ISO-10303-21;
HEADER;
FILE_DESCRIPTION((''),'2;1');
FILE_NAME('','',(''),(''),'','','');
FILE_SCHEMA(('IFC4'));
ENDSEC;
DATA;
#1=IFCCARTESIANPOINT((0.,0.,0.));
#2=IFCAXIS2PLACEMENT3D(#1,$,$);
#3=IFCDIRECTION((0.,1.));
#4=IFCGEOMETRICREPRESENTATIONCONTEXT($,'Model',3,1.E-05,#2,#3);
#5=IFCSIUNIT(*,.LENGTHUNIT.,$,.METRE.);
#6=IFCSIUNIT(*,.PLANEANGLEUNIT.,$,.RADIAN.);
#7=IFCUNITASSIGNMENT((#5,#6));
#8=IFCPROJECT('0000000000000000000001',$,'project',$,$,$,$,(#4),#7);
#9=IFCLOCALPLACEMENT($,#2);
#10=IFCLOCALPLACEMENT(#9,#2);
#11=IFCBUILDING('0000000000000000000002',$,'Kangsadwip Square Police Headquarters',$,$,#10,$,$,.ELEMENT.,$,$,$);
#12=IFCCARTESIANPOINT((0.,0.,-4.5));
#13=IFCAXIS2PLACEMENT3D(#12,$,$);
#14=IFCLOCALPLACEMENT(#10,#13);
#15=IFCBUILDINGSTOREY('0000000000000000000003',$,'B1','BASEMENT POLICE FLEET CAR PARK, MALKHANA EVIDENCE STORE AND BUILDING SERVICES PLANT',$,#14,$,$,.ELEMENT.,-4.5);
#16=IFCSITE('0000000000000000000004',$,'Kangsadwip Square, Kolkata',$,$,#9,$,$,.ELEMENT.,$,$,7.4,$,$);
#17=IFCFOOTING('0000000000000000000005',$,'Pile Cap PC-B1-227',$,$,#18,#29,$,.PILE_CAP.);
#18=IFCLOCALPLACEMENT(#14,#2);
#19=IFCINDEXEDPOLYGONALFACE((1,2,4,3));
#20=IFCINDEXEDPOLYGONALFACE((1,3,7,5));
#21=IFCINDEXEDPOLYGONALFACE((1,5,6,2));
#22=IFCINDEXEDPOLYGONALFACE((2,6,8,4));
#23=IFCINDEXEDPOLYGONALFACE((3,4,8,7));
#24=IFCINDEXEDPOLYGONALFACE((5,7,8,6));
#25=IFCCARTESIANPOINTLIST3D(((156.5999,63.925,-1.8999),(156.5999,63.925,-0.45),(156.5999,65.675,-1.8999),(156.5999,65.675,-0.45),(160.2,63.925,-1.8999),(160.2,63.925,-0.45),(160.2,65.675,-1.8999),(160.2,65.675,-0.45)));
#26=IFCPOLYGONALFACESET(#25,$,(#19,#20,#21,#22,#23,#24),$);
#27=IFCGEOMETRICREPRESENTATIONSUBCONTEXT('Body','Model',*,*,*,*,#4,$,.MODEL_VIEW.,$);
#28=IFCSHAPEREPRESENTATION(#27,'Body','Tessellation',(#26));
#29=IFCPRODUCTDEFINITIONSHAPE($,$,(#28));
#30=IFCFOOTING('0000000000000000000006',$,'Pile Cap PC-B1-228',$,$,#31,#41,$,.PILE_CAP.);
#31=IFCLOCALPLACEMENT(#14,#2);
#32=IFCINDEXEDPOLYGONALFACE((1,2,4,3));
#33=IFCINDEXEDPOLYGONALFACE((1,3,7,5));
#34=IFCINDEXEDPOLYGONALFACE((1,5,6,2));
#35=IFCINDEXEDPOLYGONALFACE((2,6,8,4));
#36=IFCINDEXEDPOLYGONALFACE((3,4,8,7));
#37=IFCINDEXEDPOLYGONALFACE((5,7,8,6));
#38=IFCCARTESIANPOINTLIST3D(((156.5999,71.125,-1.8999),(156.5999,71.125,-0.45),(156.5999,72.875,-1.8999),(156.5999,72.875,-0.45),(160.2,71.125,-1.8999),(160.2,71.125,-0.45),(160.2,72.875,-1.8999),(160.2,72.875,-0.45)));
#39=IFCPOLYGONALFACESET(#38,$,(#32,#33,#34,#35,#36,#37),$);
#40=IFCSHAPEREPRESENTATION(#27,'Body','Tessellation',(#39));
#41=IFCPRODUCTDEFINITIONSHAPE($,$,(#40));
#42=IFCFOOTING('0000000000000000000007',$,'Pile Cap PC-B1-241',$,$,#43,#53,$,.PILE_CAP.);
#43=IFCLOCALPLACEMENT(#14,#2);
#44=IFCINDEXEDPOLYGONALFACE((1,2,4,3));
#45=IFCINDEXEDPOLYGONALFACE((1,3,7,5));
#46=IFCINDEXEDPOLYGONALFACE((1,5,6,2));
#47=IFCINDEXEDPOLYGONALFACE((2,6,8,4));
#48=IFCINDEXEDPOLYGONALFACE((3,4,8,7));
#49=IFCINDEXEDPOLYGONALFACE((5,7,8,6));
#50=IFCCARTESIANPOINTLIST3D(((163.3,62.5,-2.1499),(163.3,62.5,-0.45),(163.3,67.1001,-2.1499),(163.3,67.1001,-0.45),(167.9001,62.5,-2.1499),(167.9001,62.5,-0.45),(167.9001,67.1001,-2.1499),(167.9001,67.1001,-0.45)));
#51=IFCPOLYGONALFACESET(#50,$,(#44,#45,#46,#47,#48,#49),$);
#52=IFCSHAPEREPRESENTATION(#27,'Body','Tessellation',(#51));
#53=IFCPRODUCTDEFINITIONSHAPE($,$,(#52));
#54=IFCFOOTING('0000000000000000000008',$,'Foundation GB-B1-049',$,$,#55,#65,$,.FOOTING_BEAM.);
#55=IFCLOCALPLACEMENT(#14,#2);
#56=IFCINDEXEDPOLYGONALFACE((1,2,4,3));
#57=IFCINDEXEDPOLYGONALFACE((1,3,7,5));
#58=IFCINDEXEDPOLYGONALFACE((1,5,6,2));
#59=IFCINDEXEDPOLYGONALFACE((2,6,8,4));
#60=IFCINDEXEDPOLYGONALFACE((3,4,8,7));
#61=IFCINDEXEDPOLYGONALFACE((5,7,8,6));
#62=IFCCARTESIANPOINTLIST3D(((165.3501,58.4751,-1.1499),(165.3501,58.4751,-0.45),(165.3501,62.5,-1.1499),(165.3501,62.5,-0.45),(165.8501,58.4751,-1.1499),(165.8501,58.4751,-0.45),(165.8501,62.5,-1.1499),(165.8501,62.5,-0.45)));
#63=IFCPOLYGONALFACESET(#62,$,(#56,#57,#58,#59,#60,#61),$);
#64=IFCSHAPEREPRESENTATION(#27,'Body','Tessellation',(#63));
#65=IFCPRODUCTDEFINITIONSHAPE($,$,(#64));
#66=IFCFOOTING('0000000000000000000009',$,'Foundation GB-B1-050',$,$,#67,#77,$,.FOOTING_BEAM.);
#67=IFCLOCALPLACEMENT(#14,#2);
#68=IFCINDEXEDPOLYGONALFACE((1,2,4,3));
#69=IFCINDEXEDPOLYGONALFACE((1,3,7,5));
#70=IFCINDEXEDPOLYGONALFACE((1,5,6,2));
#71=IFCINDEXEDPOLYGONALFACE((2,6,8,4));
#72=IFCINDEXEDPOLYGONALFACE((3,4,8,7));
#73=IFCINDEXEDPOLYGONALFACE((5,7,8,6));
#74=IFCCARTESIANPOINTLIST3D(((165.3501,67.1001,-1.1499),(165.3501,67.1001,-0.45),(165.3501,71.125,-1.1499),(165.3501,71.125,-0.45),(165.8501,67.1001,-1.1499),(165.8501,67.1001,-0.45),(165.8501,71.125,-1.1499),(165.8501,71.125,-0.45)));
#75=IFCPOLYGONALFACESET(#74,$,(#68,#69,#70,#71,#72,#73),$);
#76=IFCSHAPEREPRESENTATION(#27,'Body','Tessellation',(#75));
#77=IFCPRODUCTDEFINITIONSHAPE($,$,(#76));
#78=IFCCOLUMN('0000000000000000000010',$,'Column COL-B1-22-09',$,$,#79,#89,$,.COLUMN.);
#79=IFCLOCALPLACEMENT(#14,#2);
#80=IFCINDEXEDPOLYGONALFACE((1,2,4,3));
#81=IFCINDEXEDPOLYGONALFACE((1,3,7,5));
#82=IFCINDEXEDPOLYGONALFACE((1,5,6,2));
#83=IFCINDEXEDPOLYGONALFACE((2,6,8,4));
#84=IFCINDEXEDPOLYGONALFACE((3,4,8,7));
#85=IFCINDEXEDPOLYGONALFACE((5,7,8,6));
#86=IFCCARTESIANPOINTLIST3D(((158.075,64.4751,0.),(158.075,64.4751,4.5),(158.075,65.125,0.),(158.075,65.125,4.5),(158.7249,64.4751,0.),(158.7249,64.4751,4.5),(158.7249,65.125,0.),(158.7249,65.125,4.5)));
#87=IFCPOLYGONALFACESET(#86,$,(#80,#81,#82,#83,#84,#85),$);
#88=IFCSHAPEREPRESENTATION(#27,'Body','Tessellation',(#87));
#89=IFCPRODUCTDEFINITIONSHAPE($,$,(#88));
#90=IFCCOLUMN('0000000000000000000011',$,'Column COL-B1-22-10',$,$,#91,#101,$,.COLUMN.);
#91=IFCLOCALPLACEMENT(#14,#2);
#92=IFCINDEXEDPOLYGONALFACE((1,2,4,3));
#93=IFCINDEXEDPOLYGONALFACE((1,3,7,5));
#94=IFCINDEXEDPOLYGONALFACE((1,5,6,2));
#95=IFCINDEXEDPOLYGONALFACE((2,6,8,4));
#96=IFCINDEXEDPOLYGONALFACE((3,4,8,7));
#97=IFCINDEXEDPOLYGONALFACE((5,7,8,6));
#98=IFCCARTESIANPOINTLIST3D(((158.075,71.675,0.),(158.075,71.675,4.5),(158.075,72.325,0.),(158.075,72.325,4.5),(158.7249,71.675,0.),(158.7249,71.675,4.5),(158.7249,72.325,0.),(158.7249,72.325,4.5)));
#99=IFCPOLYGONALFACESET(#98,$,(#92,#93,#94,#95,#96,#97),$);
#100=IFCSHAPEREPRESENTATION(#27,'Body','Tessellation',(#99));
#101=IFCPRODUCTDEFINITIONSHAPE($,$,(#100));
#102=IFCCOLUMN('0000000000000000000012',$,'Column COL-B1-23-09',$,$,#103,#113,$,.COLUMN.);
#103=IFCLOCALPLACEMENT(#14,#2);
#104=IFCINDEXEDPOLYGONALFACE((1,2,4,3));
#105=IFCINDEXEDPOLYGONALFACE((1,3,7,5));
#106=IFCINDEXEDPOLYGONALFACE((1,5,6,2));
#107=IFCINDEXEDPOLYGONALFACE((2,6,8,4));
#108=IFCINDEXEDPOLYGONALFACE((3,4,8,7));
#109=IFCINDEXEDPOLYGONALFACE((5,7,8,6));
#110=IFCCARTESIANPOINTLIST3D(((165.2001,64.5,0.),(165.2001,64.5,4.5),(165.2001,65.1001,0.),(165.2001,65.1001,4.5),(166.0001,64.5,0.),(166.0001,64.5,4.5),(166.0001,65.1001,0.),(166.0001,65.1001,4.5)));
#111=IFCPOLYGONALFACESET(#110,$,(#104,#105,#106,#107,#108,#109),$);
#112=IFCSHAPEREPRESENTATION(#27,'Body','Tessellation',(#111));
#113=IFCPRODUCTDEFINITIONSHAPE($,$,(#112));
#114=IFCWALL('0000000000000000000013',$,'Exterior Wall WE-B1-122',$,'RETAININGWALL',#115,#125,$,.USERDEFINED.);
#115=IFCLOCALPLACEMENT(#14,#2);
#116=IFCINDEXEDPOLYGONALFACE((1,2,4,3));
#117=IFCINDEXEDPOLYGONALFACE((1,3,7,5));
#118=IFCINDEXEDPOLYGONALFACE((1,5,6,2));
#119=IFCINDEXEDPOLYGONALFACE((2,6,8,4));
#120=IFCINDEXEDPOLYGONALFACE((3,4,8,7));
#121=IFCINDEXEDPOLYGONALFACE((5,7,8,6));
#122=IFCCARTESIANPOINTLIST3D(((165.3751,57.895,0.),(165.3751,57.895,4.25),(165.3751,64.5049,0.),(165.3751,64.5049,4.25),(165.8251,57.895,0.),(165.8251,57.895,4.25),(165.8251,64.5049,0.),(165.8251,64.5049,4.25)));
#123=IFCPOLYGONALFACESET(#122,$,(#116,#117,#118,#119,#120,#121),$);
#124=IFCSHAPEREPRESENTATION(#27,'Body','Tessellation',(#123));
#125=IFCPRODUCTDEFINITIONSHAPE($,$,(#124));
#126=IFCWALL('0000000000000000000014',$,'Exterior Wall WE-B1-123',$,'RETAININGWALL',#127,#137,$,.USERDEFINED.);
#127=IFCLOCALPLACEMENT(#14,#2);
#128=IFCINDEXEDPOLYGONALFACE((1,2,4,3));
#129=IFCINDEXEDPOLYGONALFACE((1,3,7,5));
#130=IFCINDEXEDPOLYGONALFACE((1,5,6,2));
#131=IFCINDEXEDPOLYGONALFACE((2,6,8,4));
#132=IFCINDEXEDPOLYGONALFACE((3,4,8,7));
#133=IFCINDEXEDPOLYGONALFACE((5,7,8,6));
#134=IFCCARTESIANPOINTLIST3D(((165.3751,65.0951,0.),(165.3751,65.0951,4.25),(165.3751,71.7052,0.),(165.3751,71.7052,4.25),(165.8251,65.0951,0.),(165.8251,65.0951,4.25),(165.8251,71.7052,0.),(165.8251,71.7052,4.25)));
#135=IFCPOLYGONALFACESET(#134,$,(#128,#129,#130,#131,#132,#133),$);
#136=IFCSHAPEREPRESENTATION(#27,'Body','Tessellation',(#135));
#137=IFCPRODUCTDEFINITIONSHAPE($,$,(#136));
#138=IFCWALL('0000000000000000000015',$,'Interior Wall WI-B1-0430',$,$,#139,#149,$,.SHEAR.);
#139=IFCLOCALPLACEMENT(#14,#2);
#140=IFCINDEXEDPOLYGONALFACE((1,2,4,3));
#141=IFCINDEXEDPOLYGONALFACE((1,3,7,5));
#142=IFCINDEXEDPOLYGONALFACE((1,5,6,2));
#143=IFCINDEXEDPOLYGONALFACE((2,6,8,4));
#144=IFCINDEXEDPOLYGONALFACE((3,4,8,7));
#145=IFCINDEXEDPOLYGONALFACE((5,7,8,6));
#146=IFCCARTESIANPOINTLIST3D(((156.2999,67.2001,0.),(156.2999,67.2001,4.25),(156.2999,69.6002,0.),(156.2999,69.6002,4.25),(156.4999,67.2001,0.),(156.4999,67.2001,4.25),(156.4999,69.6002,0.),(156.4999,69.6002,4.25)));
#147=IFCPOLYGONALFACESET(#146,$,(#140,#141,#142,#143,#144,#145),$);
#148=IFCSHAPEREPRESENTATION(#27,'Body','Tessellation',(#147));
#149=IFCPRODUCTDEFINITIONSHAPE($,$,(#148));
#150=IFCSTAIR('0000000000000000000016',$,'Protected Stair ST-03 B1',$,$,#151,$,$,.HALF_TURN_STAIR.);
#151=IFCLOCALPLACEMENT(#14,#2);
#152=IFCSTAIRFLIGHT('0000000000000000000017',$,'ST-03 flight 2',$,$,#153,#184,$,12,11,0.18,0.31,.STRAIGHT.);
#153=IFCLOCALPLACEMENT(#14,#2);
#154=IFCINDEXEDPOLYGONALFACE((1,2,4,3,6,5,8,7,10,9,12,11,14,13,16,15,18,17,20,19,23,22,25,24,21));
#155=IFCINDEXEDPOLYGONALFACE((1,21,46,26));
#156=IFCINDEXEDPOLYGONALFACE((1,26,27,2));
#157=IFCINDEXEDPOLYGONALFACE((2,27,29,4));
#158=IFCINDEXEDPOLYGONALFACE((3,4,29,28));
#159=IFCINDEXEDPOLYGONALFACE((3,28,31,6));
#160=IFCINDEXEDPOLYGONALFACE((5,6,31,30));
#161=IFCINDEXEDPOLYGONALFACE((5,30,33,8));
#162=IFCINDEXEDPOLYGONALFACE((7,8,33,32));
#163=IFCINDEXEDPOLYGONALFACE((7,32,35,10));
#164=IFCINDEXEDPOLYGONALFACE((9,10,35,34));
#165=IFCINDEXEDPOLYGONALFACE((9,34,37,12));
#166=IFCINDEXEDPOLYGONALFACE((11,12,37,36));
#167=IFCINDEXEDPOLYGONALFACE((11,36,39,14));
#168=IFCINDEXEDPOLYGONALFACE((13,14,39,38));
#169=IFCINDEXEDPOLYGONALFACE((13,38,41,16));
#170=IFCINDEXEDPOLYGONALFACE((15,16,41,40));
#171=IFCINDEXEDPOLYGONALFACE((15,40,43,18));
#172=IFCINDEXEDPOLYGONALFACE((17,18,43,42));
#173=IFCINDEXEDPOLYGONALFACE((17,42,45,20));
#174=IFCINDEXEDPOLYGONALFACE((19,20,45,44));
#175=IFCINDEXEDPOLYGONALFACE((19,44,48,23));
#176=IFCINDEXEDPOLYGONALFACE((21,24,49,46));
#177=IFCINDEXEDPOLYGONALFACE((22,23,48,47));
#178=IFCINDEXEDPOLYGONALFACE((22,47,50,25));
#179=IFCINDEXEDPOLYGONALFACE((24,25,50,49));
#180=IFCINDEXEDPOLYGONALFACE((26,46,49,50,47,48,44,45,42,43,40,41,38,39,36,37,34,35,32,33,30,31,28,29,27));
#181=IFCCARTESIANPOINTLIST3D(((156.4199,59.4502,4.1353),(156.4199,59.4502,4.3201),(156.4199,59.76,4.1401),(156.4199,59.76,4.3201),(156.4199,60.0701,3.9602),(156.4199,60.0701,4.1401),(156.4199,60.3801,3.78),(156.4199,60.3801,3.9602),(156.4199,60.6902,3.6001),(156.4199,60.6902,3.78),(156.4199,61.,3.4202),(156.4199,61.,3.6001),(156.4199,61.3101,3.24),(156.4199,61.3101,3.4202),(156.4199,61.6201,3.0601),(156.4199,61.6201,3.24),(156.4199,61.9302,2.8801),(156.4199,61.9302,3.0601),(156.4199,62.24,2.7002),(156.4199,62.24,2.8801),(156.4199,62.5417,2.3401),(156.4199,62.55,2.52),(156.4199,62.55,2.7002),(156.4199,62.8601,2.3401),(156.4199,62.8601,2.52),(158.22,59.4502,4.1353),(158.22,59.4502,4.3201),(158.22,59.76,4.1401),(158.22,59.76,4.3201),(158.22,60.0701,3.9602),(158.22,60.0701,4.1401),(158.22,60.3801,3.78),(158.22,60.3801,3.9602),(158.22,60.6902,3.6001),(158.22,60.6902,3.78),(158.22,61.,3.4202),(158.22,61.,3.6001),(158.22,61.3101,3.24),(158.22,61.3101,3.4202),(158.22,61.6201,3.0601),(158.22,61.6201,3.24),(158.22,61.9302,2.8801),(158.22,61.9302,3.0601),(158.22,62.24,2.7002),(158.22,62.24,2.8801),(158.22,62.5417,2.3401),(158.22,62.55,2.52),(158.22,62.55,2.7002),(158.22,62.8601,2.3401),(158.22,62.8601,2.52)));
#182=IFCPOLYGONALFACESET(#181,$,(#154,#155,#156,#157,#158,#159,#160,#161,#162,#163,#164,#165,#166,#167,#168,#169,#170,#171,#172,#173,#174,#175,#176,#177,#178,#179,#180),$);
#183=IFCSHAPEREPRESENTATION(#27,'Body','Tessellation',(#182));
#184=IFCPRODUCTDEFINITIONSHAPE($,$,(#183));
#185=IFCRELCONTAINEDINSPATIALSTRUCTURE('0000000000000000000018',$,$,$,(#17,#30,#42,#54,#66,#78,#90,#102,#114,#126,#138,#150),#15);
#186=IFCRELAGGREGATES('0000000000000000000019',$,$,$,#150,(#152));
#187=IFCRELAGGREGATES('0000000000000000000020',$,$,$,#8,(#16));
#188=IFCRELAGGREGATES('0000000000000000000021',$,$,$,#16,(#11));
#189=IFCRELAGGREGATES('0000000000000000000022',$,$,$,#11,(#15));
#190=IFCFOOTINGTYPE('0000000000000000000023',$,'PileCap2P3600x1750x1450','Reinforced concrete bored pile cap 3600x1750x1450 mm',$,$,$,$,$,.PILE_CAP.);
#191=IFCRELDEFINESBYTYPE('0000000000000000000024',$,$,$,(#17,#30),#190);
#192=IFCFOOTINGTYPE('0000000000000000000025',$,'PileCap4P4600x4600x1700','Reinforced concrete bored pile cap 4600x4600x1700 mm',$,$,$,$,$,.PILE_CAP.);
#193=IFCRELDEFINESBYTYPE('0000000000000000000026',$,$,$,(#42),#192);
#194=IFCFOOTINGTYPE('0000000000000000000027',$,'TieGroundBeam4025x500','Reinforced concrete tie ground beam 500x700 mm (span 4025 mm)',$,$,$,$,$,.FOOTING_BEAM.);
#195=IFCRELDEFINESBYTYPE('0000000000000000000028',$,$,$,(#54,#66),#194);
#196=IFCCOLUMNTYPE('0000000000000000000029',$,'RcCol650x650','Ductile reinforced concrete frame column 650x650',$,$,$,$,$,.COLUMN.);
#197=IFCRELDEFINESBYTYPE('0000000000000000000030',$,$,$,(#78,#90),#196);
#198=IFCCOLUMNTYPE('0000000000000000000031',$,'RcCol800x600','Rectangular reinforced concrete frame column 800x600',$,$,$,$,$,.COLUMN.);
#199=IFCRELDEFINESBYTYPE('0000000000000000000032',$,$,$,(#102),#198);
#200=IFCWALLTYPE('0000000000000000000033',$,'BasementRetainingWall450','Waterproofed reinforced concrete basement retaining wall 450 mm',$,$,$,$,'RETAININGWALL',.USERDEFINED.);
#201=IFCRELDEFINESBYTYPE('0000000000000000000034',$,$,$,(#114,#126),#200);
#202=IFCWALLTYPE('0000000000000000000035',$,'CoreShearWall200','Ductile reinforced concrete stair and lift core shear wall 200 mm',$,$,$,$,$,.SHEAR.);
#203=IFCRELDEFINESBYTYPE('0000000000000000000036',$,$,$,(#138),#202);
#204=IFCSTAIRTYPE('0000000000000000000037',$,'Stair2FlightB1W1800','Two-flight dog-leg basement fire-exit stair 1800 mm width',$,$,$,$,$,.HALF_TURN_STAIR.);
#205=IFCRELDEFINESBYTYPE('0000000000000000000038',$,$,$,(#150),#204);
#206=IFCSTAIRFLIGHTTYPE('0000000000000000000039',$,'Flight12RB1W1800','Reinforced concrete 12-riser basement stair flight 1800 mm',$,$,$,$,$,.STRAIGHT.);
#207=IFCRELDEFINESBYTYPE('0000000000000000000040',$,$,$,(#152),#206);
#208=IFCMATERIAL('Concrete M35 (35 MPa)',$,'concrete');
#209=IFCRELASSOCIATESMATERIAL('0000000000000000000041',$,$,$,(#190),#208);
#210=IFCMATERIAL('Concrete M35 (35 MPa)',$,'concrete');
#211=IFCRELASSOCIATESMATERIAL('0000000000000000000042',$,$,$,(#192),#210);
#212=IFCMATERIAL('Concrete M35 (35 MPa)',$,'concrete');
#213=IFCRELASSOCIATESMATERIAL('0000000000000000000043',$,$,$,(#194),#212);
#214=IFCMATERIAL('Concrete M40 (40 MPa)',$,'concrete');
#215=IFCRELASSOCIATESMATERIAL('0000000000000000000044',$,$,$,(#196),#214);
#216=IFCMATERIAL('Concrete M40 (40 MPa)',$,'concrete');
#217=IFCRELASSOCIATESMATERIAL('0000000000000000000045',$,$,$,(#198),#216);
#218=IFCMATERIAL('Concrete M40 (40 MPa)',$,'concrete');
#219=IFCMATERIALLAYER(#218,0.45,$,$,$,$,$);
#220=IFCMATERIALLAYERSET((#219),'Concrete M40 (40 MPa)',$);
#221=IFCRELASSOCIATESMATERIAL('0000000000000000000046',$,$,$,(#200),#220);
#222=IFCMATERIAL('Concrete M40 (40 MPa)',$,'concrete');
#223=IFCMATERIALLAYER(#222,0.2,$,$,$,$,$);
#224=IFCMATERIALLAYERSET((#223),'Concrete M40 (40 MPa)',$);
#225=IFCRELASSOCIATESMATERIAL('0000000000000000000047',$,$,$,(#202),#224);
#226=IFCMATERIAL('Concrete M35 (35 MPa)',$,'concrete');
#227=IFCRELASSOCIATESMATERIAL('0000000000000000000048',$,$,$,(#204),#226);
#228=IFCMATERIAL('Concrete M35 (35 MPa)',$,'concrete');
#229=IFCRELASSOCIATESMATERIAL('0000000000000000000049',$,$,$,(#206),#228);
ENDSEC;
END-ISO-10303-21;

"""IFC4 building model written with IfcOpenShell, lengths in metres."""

from ifc_helpers import new_model, si_unit, direction, frame, frame_2d, origin, origin_2d, place, context, subcontext, project, spatial, polyline, rectangle, outline, extrude, material, layer, layer_set, material_profile, profile_set, type_object, element, aggregate, save


model = new_model("IFC4")

# Units and contexts
model_context = context("Model", 3, precision=1e-05, world=origin(), true_north=direction((0.0, 1.0)))
body_context = subcontext(model_context, "Body", "Model", "MODEL_VIEW")
ifc_project = project(units=[si_unit("LENGTHUNIT", "METRE"), si_unit("PLANEANGLEUNIT", "RADIAN")], contexts=[model_context])

# Site, building, storey
site_placement = place(None, origin())
site = spatial("IfcSite", under=ifc_project, at=site_placement, Name="Kangsadwip Square, Kolkata", CompositionType="ELEMENT", RefElevation=7.4)
building_placement = place(site_placement, origin())
building = spatial("IfcBuilding", under=site, at=building_placement, Name="Kangsadwip Square Police Headquarters", CompositionType="ELEMENT")
storey_placement = place(building_placement, frame((0.0, 0.0, -4.5)))
storey = spatial("IfcBuildingStorey", under=building, at=storey_placement, Name="B1", Description="BASEMENT POLICE FLEET CAR PARK, MALKHANA EVIDENCE STORE AND BUILDING SERVICES PLANT", CompositionType="ELEMENT", Elevation=-4.5)

# Footings
ifc_material_1 = material(Name="Concrete M35 (35 MPa)", Category="concrete")
footing_type_1 = type_object("IfcFootingType", Name="PileCap2P3600x1750x1450", Description="Reinforced concrete bored pile cap 3600x1750x1450 mm", PredefinedType="PILE_CAP", material=ifc_material_1)
for number, where, z_axis, x_axis, name in (
    (1, (158.3999, 64.8, -1.8999), (0.0, 0.0, 1.0), (1.0, 0.0, 0.0), "Pile Cap PC-B1-227"),
    (2, (158.3999, 72.0, -1.8999), (0.0, 0.0, 1.0), (1.0, 0.0, 0.0), "Pile Cap PC-B1-228"),
):
    element("IfcFooting", number, at=place(storey_placement, frame(where, z_axis=z_axis, x_axis=x_axis)), inside=storey, type_object=footing_type_1, Name=name, PredefinedType="PILE_CAP", context=body_context, shape_type="SweptSolid", body=[
        extrude(rectangle(XDim=3.6001, YDim=1.75, at=origin_2d()), origin(), (0.0, 0.0, 1.0), 1.45),
    ])
ifc_material_2 = material(Name="Concrete M35 (35 MPa)", Category="concrete")
footing_type_2 = type_object("IfcFootingType", Name="PileCap4P4600x4600x1700", Description="Reinforced concrete bored pile cap 4600x4600x1700 mm", PredefinedType="PILE_CAP", material=ifc_material_2)
footing_placement = place(storey_placement, frame((165.6001, 64.8, -2.1499), z_axis=(0.0, 0.0, 1.0), x_axis=(1.0, 0.0, 0.0)))
element("IfcFooting", 3, at=footing_placement, inside=storey, type_object=footing_type_2, Name="Pile Cap PC-B1-241", PredefinedType="PILE_CAP", context=body_context, shape_type="SweptSolid", body=[
    extrude(rectangle(XDim=4.6001, YDim=4.6001, at=origin_2d()), origin(), (0.0, 0.0, 1.0), 1.7),
])
ifc_material_3 = material(Name="Concrete M35 (35 MPa)", Category="concrete")
footing_type_3 = type_object("IfcFootingType", Name="TieGroundBeam4025x500", Description="Reinforced concrete tie ground beam 500x700 mm (span 4025 mm)", PredefinedType="FOOTING_BEAM", material=ifc_material_3)
for number, where, z_axis, x_axis, name in (
    (4, (165.6001, 60.4875, -1.1499), (0.0, 0.0, 1.0), (0.0, 1.0, 0.0), "Foundation GB-B1-049"),
    (5, (165.6001, 69.1125, -1.1499), (0.0, 0.0, 1.0), (0.0, 1.0, 0.0), "Foundation GB-B1-050"),
):
    element("IfcFooting", number, at=place(storey_placement, frame(where, z_axis=z_axis, x_axis=x_axis)), inside=storey, type_object=footing_type_3, Name=name, PredefinedType="FOOTING_BEAM", context=body_context, shape_type="SweptSolid", body=[
        extrude(rectangle(XDim=4.0249, YDim=0.5, at=origin_2d()), origin(), (0.0, 0.0, 1.0), 0.7),
    ])

# Columns
ifc_material_4 = material(Name="Concrete M40 (40 MPa)", Category="concrete")
ifc_material_profile_1 = material_profile(ifc_material_4, rectangle(XDim=0.6499, YDim=0.6499, at=origin_2d()), Name="RC COL 650X650")
ifc_profile_set_1 = profile_set([ifc_material_profile_1], Name="Concrete M40 (40 MPa)")
column_type_1 = type_object("IfcColumnType", Name="RcCol650x650", Description="Ductile reinforced concrete frame column 650x650", PredefinedType="COLUMN", material=ifc_profile_set_1)
for number, where, z_axis, x_axis, name in (
    (6, (158.3999, 64.8, 0.0), (0.0, 0.0, 1.0), (1.0, 0.0, 0.0), "Column COL-B1-22-09"),
    (7, (158.3999, 72.0, 0.0), (0.0, 0.0, 1.0), (1.0, 0.0, 0.0), "Column COL-B1-22-10"),
):
    element("IfcColumn", number, at=place(storey_placement, frame(where, z_axis=z_axis, x_axis=x_axis)), inside=storey, type_object=column_type_1, Name=name, PredefinedType="COLUMN", context=body_context, shape_type="SweptSolid", body=[
        extrude(rectangle(XDim=0.6499, YDim=0.6499, at=origin_2d()), origin(), (0.0, 0.0, 1.0), 4.5),
    ])
ifc_material_5 = material(Name="Concrete M40 (40 MPa)", Category="concrete")
ifc_material_profile_2 = material_profile(ifc_material_5, rectangle(XDim=0.6001, YDim=0.8, at=origin_2d()), Name="RC COL 800X600")
ifc_profile_set_2 = profile_set([ifc_material_profile_2], Name="Concrete M40 (40 MPa)")
column_type_2 = type_object("IfcColumnType", Name="RcCol800x600", Description="Rectangular reinforced concrete frame column 800x600", PredefinedType="COLUMN", material=ifc_profile_set_2)
column_placement = place(storey_placement, frame((165.6001, 64.8, 0.0), z_axis=(0.0, 0.0, 1.0), x_axis=(0.0, 1.0, 0.0)))
element("IfcColumn", 8, at=column_placement, inside=storey, type_object=column_type_2, Name="Column COL-B1-23-09", PredefinedType="COLUMN", context=body_context, shape_type="SweptSolid", body=[
    extrude(rectangle(XDim=0.6001, YDim=0.8, at=origin_2d()), origin(), (0.0, 0.0, 1.0), 4.5),
])

# Walls
ifc_material_6 = material(Name="Concrete M40 (40 MPa)", Category="concrete")
ifc_layer_1 = layer(ifc_material_6, 0.45)
ifc_layer_set_1 = layer_set([ifc_layer_1], Name="Concrete M40 (40 MPa)")
wall_type_1 = type_object("IfcWallType", Name="BasementRetainingWall450", Description="Waterproofed reinforced concrete basement retaining wall 450 mm", ElementType="RETAININGWALL", PredefinedType="USERDEFINED", material=ifc_layer_set_1)
wall_1_placement = place(storey_placement, frame((165.6001, 57.895, 0.0), z_axis=(0.0, 0.0, 1.0), x_axis=(0.0, 1.0, 0.0)))
element("IfcWall", 9, at=wall_1_placement, inside=storey, type_object=wall_type_1, Name="Exterior Wall WE-B1-122", ObjectType="RETAININGWALL", PredefinedType="USERDEFINED", context=body_context, shape_type="SweptSolid", body=[
    extrude(rectangle(XDim=6.6099, YDim=0.45, at=frame_2d((3.3049, 0.0))), origin(), (0.0, 0.0, 1.0), 4.25),
])
wall_2_placement = place(storey_placement, frame((165.6001, 65.095, 0.0), z_axis=(0.0, 0.0, 1.0), x_axis=(0.0, 1.0, 0.0)))
element("IfcWall", 10, at=wall_2_placement, inside=storey, type_object=wall_type_1, Name="Exterior Wall WE-B1-123", ObjectType="RETAININGWALL", PredefinedType="USERDEFINED", context=body_context, shape_type="SweptSolid", body=[
    extrude(rectangle(XDim=6.6101, YDim=0.45, at=frame_2d((3.3052, 0.0))), origin(), (0.0, 0.0, 1.0), 4.25),
])
ifc_material_7 = material(Name="Concrete M40 (40 MPa)", Category="concrete")
ifc_layer_2 = layer(ifc_material_7, 0.2)
ifc_layer_set_2 = layer_set([ifc_layer_2], Name="Concrete M40 (40 MPa)")
wall_type_2 = type_object("IfcWallType", Name="CoreShearWall200", Description="Ductile reinforced concrete stair and lift core shear wall 200 mm", PredefinedType="SHEAR", material=ifc_layer_set_2)
wall_3_placement = place(storey_placement, frame((156.3999, 67.2, 0.0), z_axis=(0.0, 0.0, 1.0), x_axis=(0.0, 1.0, 0.0)))
element("IfcWall", 11, at=wall_3_placement, inside=storey, type_object=wall_type_2, Name="Interior Wall WI-B1-0430", PredefinedType="SHEAR", context=body_context, shape_type="SweptSolid", body=[
    extrude(rectangle(XDim=2.4001, YDim=0.2, at=frame_2d((1.2002, 0.0))), origin(), (0.0, 0.0, 1.0), 4.25),
])

# Stair, stair flight
ifc_material_8 = material(Name="Concrete M35 (35 MPa)", Category="concrete")
stair_type = type_object("IfcStairType", Name="Stair2FlightB1W1800", Description="Two-flight dog-leg basement fire-exit stair 1800 mm width", PredefinedType="HALF_TURN_STAIR", material=ifc_material_8)
stair_placement = place(storey_placement, origin())
stair = element("IfcStair", 12, at=stair_placement, inside=storey, type_object=stair_type, Name="Protected Stair ST-03 B1", PredefinedType="HALF_TURN_STAIR")
ifc_material_9 = material(Name="Concrete M35 (35 MPa)", Category="concrete")
stair_flight_type = type_object("IfcStairFlightType", Name="Flight12RB1W1800", Description="Reinforced concrete 12-riser basement stair flight 1800 mm", PredefinedType="STRAIGHT", material=ifc_material_9)
stair_flight_placement = place(storey_placement, frame((157.3201, 62.8601, 2.3401), z_axis=(0.0, 0.0, 1.0), x_axis=(0.0, -1.0, 0.0)))
stair_flight = element("IfcStairFlight", 13, at=stair_flight_placement, type_object=stair_flight_type, Name="ST-03 flight 2", NumberOfRisers=12, NumberOfTreads=11, PredefinedType="STRAIGHT", RiserHeight=0.18, TreadLength=0.31, context=body_context, shape_type="SweptSolid", body=[
    extrude(outline(polyline([(0.0, 0.0), (0.0, 0.1799), (0.3101, 0.1799), (0.3101, 0.3601), (0.6201, 0.3601), (0.6201, 0.54), (0.9299, 0.54), (0.9299, 0.72), (1.24, 0.72), (1.24, 0.8999), (1.55, 0.8999), (1.55, 1.0801), (1.8601, 1.0801), (1.8601, 1.26), (2.1699, 1.26), (2.1699, 1.4399), (2.48, 1.4399), (2.48, 1.6201), (2.79, 1.6201), (2.79, 1.8), (3.1001, 1.8), (3.1001, 1.98), (3.4099, 1.98), (3.4099, 2.1599), (3.4099, 1.7952), (0.3184, 0.0), (0.0, 0.0)])), frame((0.0, 0.8999, 0.0), z_axis=(0.0, -1.0, 0.0), x_axis=(1.0, 0.0, 0.0)), (0.0, 0.0, 1.0), 1.8),
])
aggregate(stair, [stair_flight])

save(model, "model.ifc")
